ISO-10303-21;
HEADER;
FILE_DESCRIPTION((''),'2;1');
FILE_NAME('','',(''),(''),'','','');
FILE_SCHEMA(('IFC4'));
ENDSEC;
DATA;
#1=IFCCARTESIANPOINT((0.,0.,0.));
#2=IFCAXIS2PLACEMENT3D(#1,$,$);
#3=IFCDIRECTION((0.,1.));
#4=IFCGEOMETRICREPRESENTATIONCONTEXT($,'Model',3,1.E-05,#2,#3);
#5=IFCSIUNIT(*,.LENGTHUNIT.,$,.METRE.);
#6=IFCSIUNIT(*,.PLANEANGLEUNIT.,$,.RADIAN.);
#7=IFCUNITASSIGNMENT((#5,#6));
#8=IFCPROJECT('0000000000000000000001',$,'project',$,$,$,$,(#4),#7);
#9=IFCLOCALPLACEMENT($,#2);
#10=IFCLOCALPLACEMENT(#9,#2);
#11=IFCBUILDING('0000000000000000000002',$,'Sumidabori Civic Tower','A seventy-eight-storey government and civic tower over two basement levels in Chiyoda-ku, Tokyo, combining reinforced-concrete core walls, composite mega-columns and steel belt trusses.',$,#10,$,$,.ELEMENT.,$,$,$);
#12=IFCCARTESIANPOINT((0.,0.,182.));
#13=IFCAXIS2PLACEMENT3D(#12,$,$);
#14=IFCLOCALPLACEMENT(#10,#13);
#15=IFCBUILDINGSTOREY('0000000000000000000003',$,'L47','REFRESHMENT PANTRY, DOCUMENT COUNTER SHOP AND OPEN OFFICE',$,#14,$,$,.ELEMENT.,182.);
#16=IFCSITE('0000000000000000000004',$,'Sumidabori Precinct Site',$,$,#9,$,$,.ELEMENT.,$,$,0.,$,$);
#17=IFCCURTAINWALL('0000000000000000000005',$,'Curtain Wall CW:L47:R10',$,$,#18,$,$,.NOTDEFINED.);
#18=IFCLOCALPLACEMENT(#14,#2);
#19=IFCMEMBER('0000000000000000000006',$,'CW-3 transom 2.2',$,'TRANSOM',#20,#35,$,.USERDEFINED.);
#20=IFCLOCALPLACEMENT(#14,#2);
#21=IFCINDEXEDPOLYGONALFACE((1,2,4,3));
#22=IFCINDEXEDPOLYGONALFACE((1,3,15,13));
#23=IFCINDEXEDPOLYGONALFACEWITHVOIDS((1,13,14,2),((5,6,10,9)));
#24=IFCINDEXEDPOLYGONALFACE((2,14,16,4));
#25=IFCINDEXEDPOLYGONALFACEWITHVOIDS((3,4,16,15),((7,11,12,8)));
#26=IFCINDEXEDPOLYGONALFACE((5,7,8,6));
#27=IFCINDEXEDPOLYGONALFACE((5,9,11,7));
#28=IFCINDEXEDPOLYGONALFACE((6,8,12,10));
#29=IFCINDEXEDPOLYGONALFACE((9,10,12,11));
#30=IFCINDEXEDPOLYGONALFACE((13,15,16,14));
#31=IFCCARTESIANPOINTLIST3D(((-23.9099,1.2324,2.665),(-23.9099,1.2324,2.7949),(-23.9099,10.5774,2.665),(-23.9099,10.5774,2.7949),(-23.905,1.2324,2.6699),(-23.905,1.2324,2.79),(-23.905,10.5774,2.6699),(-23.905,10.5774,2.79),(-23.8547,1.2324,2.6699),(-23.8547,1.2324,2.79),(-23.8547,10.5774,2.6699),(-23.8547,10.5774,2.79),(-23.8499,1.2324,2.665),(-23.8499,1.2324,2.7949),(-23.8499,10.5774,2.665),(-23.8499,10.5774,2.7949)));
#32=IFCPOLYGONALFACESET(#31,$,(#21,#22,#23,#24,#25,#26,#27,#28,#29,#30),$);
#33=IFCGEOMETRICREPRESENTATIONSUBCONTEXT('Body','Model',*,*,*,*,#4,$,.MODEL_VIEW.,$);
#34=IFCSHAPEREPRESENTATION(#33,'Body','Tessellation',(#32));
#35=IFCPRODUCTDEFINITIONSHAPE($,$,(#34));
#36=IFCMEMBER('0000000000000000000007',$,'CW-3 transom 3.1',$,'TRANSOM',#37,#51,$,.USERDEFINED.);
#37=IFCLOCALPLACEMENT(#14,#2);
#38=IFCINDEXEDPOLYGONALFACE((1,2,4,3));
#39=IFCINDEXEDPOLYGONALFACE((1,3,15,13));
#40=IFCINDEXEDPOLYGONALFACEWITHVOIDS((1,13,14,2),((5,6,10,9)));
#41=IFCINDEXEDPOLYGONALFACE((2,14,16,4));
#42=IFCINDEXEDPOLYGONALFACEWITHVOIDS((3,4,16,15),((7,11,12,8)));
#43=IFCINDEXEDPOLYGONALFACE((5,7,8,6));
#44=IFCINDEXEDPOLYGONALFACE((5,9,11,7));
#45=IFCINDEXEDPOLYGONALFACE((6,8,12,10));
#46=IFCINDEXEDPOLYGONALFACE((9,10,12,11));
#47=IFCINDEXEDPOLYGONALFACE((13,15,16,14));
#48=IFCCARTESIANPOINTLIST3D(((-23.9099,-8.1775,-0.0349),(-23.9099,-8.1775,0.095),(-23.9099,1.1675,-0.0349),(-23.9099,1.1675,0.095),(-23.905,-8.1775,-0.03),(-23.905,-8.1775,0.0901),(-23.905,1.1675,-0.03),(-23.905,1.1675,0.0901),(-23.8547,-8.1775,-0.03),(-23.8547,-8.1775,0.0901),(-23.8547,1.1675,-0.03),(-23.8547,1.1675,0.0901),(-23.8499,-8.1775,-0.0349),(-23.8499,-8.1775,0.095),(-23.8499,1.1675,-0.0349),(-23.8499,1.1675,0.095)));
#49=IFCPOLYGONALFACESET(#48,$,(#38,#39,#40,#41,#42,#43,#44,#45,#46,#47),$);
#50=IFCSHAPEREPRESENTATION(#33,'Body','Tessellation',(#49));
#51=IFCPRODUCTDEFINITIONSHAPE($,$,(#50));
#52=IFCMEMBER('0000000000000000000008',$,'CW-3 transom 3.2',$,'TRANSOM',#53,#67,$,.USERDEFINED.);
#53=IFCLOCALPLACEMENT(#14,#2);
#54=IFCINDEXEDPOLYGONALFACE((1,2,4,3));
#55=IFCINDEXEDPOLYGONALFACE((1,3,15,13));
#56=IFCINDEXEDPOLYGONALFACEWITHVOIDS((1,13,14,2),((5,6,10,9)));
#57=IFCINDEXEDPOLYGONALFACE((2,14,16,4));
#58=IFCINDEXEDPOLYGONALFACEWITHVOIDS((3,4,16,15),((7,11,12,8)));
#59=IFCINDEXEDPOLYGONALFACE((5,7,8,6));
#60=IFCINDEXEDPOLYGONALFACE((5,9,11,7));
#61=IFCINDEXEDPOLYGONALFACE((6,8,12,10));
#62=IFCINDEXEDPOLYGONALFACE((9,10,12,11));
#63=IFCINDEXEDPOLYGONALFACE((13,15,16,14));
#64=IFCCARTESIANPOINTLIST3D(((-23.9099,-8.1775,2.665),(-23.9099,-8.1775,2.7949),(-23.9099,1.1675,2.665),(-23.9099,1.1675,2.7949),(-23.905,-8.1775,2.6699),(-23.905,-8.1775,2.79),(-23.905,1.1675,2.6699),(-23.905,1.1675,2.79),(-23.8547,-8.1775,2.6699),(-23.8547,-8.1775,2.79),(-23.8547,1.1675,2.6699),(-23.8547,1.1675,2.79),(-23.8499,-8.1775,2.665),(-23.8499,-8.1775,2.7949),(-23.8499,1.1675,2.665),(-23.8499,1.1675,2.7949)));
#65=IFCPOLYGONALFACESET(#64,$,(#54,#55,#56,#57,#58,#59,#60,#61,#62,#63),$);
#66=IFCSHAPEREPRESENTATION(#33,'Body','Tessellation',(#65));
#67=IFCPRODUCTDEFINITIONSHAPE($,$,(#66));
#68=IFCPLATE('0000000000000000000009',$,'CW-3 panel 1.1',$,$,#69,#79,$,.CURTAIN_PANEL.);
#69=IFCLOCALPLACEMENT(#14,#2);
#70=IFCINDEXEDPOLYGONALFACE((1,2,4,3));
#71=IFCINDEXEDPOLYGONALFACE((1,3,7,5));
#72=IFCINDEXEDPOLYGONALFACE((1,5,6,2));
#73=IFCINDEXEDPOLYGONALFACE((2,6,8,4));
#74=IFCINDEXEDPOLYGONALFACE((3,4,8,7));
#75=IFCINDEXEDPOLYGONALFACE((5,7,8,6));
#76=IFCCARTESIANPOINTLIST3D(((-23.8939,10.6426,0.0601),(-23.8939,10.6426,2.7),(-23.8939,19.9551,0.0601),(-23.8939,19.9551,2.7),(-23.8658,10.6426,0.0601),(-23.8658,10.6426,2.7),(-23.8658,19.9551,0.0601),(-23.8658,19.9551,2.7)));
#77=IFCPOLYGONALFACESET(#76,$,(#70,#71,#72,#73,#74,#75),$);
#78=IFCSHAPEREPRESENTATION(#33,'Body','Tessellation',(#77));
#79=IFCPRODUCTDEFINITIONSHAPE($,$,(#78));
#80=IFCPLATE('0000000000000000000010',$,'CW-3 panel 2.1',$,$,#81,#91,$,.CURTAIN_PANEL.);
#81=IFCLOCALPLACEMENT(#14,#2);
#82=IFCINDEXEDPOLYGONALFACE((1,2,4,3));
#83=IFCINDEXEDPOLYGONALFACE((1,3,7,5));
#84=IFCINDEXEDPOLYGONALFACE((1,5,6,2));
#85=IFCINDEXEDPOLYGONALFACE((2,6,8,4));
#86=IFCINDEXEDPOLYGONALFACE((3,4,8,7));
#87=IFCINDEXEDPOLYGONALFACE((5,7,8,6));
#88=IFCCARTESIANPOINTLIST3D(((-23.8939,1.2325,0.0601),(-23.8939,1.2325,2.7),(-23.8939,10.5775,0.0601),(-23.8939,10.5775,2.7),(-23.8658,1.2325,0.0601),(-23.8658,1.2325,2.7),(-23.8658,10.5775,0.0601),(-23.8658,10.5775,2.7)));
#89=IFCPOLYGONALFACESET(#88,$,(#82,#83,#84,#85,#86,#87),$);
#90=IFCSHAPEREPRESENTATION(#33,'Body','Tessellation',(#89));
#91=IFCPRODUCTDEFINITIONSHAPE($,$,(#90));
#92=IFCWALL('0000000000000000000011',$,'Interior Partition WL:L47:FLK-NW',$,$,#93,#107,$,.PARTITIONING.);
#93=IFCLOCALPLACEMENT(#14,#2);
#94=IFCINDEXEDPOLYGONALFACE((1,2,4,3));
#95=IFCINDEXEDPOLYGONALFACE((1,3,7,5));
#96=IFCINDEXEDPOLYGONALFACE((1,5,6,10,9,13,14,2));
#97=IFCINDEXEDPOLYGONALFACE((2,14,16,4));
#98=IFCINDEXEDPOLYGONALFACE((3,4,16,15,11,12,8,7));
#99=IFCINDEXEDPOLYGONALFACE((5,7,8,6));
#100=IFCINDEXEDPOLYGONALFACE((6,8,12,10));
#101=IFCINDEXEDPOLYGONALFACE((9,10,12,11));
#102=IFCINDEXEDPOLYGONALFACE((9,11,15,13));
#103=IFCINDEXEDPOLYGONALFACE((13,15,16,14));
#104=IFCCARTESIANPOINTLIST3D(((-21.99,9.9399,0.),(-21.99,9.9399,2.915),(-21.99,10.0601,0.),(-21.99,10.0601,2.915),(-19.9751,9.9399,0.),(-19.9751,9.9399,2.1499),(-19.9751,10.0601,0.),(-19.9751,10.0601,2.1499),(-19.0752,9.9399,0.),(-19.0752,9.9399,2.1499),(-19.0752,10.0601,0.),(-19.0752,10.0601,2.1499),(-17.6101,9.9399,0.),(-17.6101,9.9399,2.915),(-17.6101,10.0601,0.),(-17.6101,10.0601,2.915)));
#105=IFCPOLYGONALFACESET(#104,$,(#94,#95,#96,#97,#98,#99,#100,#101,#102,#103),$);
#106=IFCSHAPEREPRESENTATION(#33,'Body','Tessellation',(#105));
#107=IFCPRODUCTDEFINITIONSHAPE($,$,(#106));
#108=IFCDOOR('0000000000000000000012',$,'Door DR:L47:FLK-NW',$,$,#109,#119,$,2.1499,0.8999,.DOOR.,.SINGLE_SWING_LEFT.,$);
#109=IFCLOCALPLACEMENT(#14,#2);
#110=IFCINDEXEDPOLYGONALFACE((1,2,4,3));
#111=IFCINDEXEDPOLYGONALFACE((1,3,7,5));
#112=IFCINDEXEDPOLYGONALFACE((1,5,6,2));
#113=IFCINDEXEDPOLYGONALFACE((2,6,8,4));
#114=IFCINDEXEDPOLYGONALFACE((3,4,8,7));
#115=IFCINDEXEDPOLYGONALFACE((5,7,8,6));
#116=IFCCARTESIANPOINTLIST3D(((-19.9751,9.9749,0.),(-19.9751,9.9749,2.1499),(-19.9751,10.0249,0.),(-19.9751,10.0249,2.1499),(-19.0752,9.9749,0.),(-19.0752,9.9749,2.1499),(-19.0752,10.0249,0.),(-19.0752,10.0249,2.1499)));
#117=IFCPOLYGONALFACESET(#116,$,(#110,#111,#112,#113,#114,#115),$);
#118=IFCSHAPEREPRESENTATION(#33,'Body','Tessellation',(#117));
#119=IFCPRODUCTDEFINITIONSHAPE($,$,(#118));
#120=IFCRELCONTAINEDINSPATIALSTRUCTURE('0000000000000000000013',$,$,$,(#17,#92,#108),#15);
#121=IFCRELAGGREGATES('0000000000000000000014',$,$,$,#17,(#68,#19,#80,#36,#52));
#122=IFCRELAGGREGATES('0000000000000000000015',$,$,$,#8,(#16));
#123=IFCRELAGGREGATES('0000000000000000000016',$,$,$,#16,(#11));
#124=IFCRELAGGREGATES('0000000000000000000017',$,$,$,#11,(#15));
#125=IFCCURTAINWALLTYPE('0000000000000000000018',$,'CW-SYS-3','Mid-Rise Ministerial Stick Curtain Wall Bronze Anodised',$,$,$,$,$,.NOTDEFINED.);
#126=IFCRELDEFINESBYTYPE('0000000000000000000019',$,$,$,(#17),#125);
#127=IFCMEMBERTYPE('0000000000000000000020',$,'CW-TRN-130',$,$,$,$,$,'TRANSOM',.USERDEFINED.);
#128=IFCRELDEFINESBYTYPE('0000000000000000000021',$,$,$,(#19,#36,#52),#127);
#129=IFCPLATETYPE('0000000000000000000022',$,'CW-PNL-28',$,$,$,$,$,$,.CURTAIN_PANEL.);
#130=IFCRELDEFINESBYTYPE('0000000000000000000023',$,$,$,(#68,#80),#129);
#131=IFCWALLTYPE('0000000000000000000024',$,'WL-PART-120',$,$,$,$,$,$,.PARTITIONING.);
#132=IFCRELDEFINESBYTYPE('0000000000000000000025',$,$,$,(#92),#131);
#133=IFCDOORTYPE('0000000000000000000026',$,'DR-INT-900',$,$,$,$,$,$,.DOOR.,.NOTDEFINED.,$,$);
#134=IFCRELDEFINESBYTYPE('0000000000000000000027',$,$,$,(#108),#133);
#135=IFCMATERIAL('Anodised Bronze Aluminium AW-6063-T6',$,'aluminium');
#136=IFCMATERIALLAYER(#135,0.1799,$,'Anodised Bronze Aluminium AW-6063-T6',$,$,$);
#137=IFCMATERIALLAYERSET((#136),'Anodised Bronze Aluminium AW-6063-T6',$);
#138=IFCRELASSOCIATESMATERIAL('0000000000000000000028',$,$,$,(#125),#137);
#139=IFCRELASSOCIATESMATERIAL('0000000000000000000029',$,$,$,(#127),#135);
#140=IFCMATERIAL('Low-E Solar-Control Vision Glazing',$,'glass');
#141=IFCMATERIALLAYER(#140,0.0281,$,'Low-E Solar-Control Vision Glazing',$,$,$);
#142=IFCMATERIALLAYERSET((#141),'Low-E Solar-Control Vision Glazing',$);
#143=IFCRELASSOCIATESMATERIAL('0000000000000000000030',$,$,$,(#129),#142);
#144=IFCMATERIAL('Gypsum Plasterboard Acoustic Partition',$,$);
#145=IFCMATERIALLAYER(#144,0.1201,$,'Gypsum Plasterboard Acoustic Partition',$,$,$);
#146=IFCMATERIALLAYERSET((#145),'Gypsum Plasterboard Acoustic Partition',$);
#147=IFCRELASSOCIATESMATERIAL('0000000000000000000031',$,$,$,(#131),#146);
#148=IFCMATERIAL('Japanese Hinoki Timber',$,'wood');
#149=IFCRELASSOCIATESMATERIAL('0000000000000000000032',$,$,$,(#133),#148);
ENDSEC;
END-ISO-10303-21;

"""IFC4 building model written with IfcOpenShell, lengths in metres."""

from ifc_helpers import new_model, si_unit, direction, frame, frame_2d, origin, origin_2d, place, context, subcontext, project, spatial, rectangle, hollow_rectangle, extrude, source, transform, mapped, material, layer, layer_set, material_profile, profile_set, type_object, element, fill, aggregate, save


model = new_model("IFC4")

# Units and contexts
model_context = context("Model", 3, precision=1e-05, world=origin(), true_north=direction((0.0, 1.0)))
body_context = subcontext(model_context, "Body", "Model", "MODEL_VIEW")
ifc_project = project(units=[si_unit("LENGTHUNIT", "METRE"), si_unit("PLANEANGLEUNIT", "RADIAN")], contexts=[model_context])

# Site, building, storey
site_placement = place(None, origin())
site = spatial("IfcSite", under=ifc_project, at=site_placement, Name="Sumidabori Precinct Site", CompositionType="ELEMENT", RefElevation=0.0)
building_placement = place(site_placement, origin())
building = spatial("IfcBuilding", under=site, at=building_placement, Name="Sumidabori Civic Tower", Description="A seventy-eight-storey government and civic tower over two basement levels in Chiyoda-ku, Tokyo, combining reinforced-concrete core walls, composite mega-columns and steel belt trusses.", CompositionType="ELEMENT")
storey_placement = place(building_placement, frame((0.0, 0.0, 182.0)))
storey = spatial("IfcBuildingStorey", under=building, at=storey_placement, Name="L47", Description="REFRESHMENT PANTRY, DOCUMENT COUNTER SHOP AND OPEN OFFICE", CompositionType="ELEMENT", Elevation=182.0)

# Curtain wall, members, plates
ifc_material_1 = material(Name="Anodised Bronze Aluminium AW-6063-T6", Category="aluminium")
ifc_layer_1 = layer(ifc_material_1, 0.1799, Name="Anodised Bronze Aluminium AW-6063-T6")
ifc_layer_set_1 = layer_set([ifc_layer_1], Name="Anodised Bronze Aluminium AW-6063-T6")
curtain_wall_type = type_object("IfcCurtainWallType", Name="CW-SYS-3", Description="Mid-Rise Ministerial Stick Curtain Wall Bronze Anodised", PredefinedType="NOTDEFINED", material=ifc_layer_set_1)
curtain_wall_placement = place(storey_placement, origin())
curtain_wall = element("IfcCurtainWall", 1, at=curtain_wall_placement, inside=storey, type_object=curtain_wall_type, Name="Curtain Wall CW:L47:R10", PredefinedType="NOTDEFINED")
ifc_material_profile_1 = material_profile(ifc_material_1, hollow_rectangle(XDim=0.0601, YDim=0.1299, WallThickness=0.0049, at=origin_2d()), Name="ALU TRANSOM 130x60")
ifc_profile_set_1 = profile_set([ifc_material_profile_1], Name="Anodised Bronze Aluminium AW-6063-T6")
member_type_1 = type_object("IfcMemberType", Name="CW-TRN-130", ElementType="TRANSOM", PredefinedType="USERDEFINED", material=ifc_profile_set_1)
shared_shape_1 = source(origin(), body_context, "Body", "SweptSolid", [
    extrude(hollow_rectangle(XDim=0.0601, YDim=0.1299, WallThickness=0.0049, at=origin_2d()), origin(), (0.0, 0.0, 1.0), 9.345),
])
member_1_placement = place(storey_placement, frame((-23.8799, 10.5774, 2.73), z_axis=(0.0, -1.0, 0.0), x_axis=(1.0, 0.0, 0.0)))
member_1 = element("IfcMember", 2, at=member_1_placement, type_object=member_type_1, Name="CW-3 transom 2.2", ObjectType="TRANSOM", PredefinedType="USERDEFINED", context=body_context, shape_type="MappedRepresentation", body=[
    mapped(shared_shape_1, transform((0.0, 0.0, 0.0), x_axis=(1.0, 0.0, 0.0), y_axis=(0.0, 1.0, 0.0), z_axis=(0.0, 0.0, 1.0), scale=1.0)),
])
member_2_placement = place(storey_placement, frame((-23.8799, 1.1675, 0.03), z_axis=(0.0, -1.0, 0.0), x_axis=(1.0, 0.0, 0.0)))
member_2 = element("IfcMember", 3, at=member_2_placement, type_object=member_type_1, Name="CW-3 transom 3.1", ObjectType="TRANSOM", PredefinedType="USERDEFINED", context=body_context, shape_type="MappedRepresentation", body=[
    mapped(shared_shape_1, transform((0.0, 0.0, 0.0), x_axis=(1.0, 0.0, 0.0), y_axis=(0.0, 1.0, 0.0), z_axis=(0.0, 0.0, 1.0), scale=1.0)),
])
member_3_placement = place(storey_placement, frame((-23.8799, 1.1675, 2.73), z_axis=(0.0, -1.0, 0.0), x_axis=(1.0, 0.0, 0.0)))
member_3 = element("IfcMember", 4, at=member_3_placement, type_object=member_type_1, Name="CW-3 transom 3.2", ObjectType="TRANSOM", PredefinedType="USERDEFINED", context=body_context, shape_type="MappedRepresentation", body=[
    mapped(shared_shape_1, transform((0.0, 0.0, 0.0), x_axis=(1.0, 0.0, 0.0), y_axis=(0.0, 1.0, 0.0), z_axis=(0.0, 0.0, 1.0), scale=1.0)),
])
ifc_material_2 = material(Name="Low-E Solar-Control Vision Glazing", Category="glass")
ifc_layer_2 = layer(ifc_material_2, 0.0281, Name="Low-E Solar-Control Vision Glazing")
ifc_layer_set_2 = layer_set([ifc_layer_2], Name="Low-E Solar-Control Vision Glazing")
plate_type = type_object("IfcPlateType", Name="CW-PNL-28", PredefinedType="CURTAIN_PANEL", material=ifc_layer_set_2)
shared_shape_2 = source(origin(), body_context, "Body", "SweptSolid", [
    extrude(rectangle(XDim=9.3125, YDim=0.0281, at=origin_2d()), origin(), (0.0, 0.0, 1.0), 2.6399),
])
plate_1_placement = place(storey_placement, frame((-23.8799, 15.2988, 0.0601), z_axis=(0.0, 0.0, 1.0), x_axis=(0.0, -1.0, 0.0)))
plate_1 = element("IfcPlate", 5, at=plate_1_placement, type_object=plate_type, Name="CW-3 panel 1.1", PredefinedType="CURTAIN_PANEL", context=body_context, shape_type="MappedRepresentation", body=[
    mapped(shared_shape_2, transform((0.0, 0.0, 0.0), x_axis=(1.0, 0.0, 0.0), y_axis=(0.0, 1.0, 0.0), z_axis=(0.0, 0.0, 1.0), scale=1.0)),
])
shared_shape_3 = source(origin(), body_context, "Body", "SweptSolid", [
    extrude(rectangle(XDim=9.345, YDim=0.0281, at=origin_2d()), origin(), (0.0, 0.0, 1.0), 2.6399),
])
plate_2_placement = place(storey_placement, frame((-23.8799, 5.905, 0.0601), z_axis=(0.0, 0.0, 1.0), x_axis=(0.0, -1.0, 0.0)))
plate_2 = element("IfcPlate", 6, at=plate_2_placement, type_object=plate_type, Name="CW-3 panel 2.1", PredefinedType="CURTAIN_PANEL", context=body_context, shape_type="MappedRepresentation", body=[
    mapped(shared_shape_3, transform((0.0, 0.0, 0.0), x_axis=(1.0, 0.0, 0.0), y_axis=(0.0, 1.0, 0.0), z_axis=(0.0, 0.0, 1.0), scale=1.0)),
])
aggregate(curtain_wall, [plate_1, member_1, plate_2, member_2, member_3])

# Wall, opening, door
ifc_material_3 = material(Name="Gypsum Plasterboard Acoustic Partition")
ifc_layer_3 = layer(ifc_material_3, 0.1201, Name="Gypsum Plasterboard Acoustic Partition")
ifc_layer_set_3 = layer_set([ifc_layer_3], Name="Gypsum Plasterboard Acoustic Partition")
wall_type = type_object("IfcWallType", Name="WL-PART-120", PredefinedType="PARTITIONING", material=ifc_layer_set_3)
shared_shape_4 = source(origin(), body_context, "Body", "SweptSolid", [
    extrude(rectangle(XDim=4.3799, YDim=0.1201, at=frame_2d((2.1899, 0.0))), origin(), (0.0, 0.0, 1.0), 2.915),
])
wall_1_placement = place(storey_placement, frame((-21.99, 10.0, 0.0), z_axis=(0.0, 0.0, 1.0), x_axis=(1.0, 0.0, 0.0)))
wall_1 = element("IfcWall", 7, at=wall_1_placement, inside=storey, type_object=wall_type, Name="Interior Partition WL:L47:FLK-NW", PredefinedType="PARTITIONING", context=body_context, shape_type="MappedRepresentation", body=[
    mapped(shared_shape_4, transform((0.0, 0.0, 0.0), x_axis=(1.0, 0.0, 0.0), y_axis=(0.0, 1.0, 0.0), z_axis=(0.0, 0.0, 1.0), scale=1.0)),
])
opening_1_placement = place(wall_1_placement, frame((2.0149, 0.0, 0.0)))
opening_1 = element("IfcOpeningElement", 8, at=opening_1_placement, cuts=wall_1, PredefinedType="OPENING", context=body_context, shape_type="SweptSolid", body=[
    extrude(rectangle(XDim=0.8999, YDim=2.1499, at=frame_2d((0.45, 1.075))), frame((0.0, 0.072, 0.0), z_axis=(0.0, -1.0, 0.0), x_axis=(1.0, 0.0, 0.0)), (0.0, 0.0, 1.0), 0.144),
])
ifc_material_4 = material(Name="Japanese Hinoki Timber", Category="wood")
door_type_1 = type_object("IfcDoorType", Name="DR-INT-900", OperationType="NOTDEFINED", PredefinedType="DOOR", material=ifc_material_4)
shared_shape_5 = source(origin(), body_context, "Body", "SweptSolid", [
    extrude(rectangle(XDim=0.8999, YDim=2.1499, at=frame_2d((0.45, 1.075))), frame((0.0, 0.0249, 0.0), z_axis=(0.0, -1.0, 0.0), x_axis=(1.0, 0.0, 0.0)), (0.0, 0.0, 1.0), 0.05),
])
door_1_placement = place(opening_1_placement, origin())
door_1 = element("IfcDoor", 9, at=door_1_placement, inside=storey, type_object=door_type_1, Name="Door DR:L47:FLK-NW", OperationType="SINGLE_SWING_LEFT", OverallHeight=2.1499, OverallWidth=0.8999, PredefinedType="DOOR", context=body_context, shape_type="MappedRepresentation", body=[
    mapped(shared_shape_5, transform((0.0, 0.0, 0.0), x_axis=(1.0, 0.0, 0.0), y_axis=(0.0, 1.0, 0.0), z_axis=(0.0, 0.0, 1.0), scale=1.0)),
])
fill(opening_1, door_1)

save(model, "model.ifc")
